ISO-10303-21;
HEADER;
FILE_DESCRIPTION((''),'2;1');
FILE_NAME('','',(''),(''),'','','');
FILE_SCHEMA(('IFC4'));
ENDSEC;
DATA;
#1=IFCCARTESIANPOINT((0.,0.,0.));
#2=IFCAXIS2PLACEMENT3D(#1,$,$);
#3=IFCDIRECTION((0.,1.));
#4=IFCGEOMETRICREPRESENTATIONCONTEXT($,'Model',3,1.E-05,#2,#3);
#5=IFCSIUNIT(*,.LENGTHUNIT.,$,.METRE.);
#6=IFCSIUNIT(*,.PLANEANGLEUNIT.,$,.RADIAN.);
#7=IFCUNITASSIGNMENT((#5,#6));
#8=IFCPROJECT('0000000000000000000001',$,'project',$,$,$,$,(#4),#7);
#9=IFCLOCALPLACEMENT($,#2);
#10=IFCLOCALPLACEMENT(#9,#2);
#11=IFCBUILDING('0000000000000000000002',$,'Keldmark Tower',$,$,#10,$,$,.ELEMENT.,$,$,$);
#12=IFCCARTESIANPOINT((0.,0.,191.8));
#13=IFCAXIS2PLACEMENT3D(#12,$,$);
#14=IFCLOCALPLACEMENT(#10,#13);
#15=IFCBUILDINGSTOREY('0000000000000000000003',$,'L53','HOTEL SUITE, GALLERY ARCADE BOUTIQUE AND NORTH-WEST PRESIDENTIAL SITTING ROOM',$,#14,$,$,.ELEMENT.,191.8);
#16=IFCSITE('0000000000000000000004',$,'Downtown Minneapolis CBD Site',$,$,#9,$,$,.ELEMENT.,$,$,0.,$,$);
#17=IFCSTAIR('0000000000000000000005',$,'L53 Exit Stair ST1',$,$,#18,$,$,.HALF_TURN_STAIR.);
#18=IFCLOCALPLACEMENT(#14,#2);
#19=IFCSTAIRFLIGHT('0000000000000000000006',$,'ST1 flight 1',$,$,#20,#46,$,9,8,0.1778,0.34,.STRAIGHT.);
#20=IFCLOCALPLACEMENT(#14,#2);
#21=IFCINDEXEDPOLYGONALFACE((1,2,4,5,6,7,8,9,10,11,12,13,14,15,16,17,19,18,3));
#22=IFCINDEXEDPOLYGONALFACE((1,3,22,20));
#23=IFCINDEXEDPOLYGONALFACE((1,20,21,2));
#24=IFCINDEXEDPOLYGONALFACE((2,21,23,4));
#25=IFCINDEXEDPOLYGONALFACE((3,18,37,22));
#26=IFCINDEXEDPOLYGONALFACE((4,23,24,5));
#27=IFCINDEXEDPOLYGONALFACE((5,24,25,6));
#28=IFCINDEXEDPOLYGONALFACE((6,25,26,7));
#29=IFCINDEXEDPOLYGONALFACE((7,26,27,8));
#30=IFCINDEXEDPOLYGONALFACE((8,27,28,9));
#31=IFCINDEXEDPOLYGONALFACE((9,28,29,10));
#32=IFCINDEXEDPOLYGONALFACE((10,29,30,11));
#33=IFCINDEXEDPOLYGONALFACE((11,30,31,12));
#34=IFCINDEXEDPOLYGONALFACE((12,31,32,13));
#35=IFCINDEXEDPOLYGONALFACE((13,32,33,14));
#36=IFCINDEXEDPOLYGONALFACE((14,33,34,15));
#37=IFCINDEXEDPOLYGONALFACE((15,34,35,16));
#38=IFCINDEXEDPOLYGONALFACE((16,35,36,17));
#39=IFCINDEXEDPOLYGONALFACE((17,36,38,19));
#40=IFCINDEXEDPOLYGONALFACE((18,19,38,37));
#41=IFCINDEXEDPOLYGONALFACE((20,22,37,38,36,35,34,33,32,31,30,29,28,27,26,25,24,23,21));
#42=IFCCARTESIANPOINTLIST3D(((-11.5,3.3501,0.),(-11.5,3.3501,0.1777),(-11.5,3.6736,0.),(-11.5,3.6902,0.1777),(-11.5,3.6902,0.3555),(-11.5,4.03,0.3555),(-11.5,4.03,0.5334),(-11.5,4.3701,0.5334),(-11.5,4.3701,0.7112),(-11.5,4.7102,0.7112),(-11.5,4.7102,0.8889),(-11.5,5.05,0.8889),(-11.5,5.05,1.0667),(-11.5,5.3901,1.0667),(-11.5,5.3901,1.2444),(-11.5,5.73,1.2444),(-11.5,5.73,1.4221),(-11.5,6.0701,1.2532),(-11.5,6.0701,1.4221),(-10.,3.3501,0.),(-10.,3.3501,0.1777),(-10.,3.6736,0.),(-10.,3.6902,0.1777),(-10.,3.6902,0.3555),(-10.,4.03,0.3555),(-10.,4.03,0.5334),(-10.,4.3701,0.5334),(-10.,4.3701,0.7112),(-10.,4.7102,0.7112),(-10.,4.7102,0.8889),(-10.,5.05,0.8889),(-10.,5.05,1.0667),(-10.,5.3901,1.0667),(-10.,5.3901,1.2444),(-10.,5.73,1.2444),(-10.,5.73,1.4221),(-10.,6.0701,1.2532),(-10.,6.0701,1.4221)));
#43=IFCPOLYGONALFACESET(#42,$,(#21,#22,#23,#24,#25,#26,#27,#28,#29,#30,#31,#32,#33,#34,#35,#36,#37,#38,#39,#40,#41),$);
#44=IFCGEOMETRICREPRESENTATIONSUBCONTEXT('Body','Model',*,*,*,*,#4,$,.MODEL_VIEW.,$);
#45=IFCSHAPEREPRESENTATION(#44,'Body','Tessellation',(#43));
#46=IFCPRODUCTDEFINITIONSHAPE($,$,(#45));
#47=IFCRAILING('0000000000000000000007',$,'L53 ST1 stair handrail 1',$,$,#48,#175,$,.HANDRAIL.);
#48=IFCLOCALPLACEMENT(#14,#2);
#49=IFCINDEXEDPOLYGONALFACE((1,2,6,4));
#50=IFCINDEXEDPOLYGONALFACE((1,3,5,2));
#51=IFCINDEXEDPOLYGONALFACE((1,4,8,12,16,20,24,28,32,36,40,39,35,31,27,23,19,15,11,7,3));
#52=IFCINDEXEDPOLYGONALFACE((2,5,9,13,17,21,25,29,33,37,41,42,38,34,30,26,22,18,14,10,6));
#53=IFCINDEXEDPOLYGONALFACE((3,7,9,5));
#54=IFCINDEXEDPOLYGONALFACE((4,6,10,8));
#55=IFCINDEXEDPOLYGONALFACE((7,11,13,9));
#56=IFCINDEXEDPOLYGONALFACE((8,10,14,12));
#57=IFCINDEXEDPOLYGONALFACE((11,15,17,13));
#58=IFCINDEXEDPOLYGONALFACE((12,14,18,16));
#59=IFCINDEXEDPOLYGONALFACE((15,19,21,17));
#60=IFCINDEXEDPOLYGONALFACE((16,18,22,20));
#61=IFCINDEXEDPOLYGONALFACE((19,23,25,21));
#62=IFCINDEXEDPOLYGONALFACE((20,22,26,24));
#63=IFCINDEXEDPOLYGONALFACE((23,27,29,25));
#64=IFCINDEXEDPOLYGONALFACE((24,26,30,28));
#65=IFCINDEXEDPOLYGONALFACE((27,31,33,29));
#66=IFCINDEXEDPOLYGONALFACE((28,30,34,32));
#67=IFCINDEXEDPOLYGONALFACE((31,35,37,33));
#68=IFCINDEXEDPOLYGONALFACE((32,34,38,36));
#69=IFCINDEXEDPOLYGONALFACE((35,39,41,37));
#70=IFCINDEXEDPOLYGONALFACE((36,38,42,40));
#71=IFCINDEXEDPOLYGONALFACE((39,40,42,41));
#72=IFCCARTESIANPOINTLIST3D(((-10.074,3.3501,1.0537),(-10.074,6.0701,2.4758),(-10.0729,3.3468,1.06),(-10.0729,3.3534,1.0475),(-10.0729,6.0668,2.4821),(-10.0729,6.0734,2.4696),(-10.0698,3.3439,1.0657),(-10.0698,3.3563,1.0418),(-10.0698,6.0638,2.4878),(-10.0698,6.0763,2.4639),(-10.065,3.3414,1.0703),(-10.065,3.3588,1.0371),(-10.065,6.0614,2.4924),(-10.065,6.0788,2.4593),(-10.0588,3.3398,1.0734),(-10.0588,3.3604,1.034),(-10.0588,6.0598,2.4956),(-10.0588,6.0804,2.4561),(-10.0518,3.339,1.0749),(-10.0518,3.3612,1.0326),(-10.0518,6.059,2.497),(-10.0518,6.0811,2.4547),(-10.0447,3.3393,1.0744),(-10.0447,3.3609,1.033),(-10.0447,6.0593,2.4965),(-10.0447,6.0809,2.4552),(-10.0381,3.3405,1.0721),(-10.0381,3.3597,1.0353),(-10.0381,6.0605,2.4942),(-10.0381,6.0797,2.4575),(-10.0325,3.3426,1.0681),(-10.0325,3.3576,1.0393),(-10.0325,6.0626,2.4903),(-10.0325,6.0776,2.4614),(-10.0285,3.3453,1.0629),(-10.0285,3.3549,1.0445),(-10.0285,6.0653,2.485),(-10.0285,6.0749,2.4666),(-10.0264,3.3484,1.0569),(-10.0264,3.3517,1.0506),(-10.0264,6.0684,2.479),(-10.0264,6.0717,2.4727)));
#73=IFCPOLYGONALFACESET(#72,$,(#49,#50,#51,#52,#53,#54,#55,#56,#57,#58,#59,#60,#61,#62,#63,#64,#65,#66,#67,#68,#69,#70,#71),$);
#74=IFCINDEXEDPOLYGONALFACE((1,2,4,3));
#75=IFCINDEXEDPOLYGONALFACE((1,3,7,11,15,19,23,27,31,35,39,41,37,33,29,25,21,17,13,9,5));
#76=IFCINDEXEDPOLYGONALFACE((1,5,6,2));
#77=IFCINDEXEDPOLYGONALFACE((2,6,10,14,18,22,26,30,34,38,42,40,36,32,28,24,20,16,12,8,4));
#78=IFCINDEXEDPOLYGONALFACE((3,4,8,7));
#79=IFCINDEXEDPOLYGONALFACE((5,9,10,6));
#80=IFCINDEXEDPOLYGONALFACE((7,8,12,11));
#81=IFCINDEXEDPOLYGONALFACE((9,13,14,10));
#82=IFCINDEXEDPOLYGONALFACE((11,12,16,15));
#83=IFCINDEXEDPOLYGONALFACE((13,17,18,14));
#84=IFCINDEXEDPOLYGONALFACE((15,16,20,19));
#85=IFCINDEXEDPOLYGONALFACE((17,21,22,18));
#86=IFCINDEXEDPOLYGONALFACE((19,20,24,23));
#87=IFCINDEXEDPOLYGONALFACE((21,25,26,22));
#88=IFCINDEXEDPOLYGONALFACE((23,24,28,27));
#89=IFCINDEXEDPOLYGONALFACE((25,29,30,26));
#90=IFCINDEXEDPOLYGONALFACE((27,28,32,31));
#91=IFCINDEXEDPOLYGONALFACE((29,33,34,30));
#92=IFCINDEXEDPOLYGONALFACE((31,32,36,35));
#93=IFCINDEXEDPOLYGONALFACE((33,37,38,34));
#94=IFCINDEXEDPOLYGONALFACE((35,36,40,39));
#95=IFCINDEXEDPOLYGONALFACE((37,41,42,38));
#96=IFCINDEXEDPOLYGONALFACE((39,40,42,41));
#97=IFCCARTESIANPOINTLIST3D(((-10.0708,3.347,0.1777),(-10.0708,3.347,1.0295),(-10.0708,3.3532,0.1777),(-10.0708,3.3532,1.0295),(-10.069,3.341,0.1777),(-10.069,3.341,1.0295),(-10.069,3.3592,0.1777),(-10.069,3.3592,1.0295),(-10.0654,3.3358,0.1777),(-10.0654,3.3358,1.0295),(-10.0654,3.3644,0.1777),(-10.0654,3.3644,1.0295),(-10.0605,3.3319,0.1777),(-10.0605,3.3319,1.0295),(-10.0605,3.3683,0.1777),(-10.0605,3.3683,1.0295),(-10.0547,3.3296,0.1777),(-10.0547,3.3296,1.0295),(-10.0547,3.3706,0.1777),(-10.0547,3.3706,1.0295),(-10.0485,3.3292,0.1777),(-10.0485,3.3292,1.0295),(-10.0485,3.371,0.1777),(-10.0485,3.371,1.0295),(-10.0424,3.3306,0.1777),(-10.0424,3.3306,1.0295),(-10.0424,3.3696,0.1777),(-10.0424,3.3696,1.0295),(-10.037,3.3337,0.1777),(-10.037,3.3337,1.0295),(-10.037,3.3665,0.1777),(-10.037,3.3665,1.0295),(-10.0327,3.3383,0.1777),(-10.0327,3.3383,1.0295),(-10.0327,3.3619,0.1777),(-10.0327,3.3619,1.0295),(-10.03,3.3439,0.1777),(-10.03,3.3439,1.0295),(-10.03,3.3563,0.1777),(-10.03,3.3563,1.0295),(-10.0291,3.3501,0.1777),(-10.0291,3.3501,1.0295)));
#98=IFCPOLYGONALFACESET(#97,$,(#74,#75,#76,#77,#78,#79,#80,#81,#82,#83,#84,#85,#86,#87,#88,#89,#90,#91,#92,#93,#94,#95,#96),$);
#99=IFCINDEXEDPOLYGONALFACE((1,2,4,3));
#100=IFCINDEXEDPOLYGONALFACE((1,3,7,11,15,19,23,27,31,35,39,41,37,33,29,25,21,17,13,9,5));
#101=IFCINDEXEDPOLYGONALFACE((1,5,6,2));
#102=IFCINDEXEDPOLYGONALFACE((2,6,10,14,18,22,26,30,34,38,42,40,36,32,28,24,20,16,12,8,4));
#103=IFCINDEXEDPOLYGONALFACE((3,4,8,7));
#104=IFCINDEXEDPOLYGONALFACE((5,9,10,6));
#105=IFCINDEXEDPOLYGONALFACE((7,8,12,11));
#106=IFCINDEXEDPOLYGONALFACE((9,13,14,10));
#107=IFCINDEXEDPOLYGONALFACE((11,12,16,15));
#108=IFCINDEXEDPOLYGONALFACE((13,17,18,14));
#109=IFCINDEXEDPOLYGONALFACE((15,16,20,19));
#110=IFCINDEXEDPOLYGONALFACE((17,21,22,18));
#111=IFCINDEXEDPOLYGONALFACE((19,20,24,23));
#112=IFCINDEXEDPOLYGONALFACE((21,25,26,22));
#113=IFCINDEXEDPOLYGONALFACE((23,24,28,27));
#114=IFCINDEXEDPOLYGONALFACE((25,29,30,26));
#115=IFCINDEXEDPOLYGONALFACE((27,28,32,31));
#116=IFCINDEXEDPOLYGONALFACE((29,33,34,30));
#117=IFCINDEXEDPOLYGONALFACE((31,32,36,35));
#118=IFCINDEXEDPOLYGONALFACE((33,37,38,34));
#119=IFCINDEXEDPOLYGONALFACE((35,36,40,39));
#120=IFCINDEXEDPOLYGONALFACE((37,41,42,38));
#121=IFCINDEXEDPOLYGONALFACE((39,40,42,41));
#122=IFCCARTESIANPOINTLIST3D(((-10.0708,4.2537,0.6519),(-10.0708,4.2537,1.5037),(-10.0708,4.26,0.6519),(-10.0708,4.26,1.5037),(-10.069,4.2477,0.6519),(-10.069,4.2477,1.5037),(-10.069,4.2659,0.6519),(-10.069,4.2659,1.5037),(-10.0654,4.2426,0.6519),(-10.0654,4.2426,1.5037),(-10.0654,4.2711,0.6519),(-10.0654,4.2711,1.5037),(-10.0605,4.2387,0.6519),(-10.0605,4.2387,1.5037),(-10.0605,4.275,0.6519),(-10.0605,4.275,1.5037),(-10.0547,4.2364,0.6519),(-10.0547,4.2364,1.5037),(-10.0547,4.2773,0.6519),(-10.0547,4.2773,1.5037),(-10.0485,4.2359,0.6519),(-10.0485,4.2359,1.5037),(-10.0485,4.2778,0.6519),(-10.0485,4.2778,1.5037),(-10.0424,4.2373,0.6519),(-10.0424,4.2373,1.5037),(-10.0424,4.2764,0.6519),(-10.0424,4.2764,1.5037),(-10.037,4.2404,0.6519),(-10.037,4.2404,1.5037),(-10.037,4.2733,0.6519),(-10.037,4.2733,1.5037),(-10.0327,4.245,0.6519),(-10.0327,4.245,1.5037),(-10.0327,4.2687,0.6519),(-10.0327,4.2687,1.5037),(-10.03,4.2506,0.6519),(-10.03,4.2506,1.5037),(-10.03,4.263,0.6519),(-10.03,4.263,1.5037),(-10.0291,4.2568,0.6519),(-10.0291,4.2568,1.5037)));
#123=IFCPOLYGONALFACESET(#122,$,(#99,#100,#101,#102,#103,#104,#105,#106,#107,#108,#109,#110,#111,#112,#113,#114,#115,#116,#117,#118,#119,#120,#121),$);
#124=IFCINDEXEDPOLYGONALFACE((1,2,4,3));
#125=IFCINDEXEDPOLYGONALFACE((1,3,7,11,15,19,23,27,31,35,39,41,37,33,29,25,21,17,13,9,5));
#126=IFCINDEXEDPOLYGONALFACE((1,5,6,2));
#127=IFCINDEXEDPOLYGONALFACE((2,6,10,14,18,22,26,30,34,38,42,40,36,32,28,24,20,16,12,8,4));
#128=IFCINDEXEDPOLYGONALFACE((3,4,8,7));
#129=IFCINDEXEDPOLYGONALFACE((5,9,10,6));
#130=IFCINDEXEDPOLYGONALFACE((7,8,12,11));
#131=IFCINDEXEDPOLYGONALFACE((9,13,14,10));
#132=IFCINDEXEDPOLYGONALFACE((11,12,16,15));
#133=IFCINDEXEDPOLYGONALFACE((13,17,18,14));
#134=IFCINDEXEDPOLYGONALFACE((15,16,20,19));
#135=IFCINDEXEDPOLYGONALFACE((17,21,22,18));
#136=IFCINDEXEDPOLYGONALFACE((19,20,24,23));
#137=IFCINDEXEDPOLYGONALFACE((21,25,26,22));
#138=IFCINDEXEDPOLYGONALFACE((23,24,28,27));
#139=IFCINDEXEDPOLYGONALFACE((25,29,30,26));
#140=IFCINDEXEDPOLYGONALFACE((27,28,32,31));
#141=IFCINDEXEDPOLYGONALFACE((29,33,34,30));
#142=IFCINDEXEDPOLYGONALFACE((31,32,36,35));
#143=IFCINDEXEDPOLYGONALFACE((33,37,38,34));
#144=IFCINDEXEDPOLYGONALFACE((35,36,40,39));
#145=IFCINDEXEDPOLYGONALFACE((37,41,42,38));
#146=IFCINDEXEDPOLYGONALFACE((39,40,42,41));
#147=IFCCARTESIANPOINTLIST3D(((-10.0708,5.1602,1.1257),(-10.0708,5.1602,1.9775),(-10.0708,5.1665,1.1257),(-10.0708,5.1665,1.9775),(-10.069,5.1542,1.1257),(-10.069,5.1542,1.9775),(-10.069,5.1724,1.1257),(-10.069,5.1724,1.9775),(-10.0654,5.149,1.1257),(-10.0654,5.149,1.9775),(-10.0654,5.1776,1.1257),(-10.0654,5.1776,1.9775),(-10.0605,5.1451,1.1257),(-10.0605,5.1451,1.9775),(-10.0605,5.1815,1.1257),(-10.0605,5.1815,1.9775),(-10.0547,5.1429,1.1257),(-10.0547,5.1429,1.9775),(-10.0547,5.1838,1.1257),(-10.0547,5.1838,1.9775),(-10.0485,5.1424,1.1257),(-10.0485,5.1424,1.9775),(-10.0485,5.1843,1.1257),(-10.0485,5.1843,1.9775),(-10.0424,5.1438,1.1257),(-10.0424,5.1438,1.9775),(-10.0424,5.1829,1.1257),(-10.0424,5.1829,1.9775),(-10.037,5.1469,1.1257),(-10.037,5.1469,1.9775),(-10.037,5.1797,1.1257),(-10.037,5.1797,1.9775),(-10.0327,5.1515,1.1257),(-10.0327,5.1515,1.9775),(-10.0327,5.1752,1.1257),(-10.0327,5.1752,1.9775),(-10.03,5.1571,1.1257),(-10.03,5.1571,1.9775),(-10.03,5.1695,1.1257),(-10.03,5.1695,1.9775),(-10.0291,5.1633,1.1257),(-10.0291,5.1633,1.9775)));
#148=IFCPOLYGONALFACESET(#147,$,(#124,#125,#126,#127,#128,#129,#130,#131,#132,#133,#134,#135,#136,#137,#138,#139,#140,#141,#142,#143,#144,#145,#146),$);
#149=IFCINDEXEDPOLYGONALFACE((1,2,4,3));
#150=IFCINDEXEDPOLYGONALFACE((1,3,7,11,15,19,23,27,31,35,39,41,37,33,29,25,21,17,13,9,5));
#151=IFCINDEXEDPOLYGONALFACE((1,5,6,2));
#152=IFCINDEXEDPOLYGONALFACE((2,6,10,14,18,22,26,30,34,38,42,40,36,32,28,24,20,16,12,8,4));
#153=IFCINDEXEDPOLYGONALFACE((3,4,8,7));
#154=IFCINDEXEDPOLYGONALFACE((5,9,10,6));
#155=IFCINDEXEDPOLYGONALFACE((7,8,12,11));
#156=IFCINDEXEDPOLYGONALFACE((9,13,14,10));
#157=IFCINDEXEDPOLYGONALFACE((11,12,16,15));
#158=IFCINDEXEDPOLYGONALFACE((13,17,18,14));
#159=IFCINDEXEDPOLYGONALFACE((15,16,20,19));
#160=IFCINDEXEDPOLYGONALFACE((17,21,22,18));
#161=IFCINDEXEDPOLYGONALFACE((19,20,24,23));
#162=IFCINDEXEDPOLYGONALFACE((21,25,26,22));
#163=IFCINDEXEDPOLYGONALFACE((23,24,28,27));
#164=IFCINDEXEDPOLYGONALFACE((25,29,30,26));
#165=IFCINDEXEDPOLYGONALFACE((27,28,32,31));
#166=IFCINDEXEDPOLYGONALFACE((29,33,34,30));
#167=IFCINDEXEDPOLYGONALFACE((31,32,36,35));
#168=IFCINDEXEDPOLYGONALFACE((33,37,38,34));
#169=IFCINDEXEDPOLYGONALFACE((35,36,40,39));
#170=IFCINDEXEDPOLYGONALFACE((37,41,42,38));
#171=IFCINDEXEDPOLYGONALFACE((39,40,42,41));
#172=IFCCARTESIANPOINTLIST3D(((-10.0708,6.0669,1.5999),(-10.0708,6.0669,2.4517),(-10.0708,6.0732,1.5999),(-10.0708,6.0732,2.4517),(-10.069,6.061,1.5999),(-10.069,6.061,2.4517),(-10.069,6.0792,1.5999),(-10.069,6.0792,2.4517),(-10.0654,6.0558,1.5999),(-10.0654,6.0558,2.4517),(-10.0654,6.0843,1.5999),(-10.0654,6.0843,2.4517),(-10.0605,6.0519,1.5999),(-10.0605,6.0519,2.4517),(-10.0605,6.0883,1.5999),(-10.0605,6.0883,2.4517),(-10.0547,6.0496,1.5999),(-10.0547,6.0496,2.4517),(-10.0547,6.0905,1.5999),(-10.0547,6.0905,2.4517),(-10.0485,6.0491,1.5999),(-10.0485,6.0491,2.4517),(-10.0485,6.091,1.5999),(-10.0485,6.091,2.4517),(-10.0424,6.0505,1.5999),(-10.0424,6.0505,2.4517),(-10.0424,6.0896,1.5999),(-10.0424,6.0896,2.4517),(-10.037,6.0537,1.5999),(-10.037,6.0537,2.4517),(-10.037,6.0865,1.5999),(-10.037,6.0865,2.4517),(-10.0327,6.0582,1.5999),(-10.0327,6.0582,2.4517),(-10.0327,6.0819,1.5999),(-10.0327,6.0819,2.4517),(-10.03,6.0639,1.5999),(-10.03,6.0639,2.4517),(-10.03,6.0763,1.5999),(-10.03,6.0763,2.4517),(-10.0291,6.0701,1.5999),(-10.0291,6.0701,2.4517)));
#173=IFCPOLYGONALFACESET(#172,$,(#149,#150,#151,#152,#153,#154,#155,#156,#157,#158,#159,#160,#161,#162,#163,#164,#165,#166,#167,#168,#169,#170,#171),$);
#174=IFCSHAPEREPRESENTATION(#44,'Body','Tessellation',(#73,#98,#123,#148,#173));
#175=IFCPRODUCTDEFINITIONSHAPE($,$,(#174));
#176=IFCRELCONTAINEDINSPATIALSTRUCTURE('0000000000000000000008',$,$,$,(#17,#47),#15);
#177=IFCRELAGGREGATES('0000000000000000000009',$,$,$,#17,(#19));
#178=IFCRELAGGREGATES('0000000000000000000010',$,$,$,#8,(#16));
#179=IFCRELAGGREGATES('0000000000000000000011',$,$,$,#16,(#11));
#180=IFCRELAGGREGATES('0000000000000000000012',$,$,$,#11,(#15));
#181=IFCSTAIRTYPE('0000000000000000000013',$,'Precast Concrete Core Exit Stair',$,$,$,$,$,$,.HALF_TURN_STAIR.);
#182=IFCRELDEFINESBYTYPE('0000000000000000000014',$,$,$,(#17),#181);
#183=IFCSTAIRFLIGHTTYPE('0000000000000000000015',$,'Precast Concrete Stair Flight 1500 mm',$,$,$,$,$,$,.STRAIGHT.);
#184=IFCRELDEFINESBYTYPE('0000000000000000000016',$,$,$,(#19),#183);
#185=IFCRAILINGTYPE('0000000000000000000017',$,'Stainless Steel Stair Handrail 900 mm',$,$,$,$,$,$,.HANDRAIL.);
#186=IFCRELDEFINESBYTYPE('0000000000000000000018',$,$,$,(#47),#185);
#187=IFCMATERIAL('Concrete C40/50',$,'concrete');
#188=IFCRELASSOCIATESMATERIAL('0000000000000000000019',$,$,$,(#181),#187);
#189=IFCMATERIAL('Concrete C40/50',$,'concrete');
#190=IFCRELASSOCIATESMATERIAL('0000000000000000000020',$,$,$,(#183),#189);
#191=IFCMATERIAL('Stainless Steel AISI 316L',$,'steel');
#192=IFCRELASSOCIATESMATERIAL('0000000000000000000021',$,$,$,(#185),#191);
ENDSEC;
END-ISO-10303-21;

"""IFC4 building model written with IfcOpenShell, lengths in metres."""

from ifc_helpers import new_model, si_unit, direction, frame, origin, origin_2d, place, context, subcontext, project, spatial, polyline, circle, outline, extrude, material, type_object, element, aggregate, save


model = new_model("IFC4")

# Units and contexts
model_context = context("Model", 3, precision=1e-05, world=origin(), true_north=direction((0.0, 1.0)))
body_context = subcontext(model_context, "Body", "Model", "MODEL_VIEW")
ifc_project = project(units=[si_unit("LENGTHUNIT", "METRE"), si_unit("PLANEANGLEUNIT", "RADIAN")], contexts=[model_context])

# Site, building, storey
site_placement = place(None, origin())
site = spatial("IfcSite", under=ifc_project, at=site_placement, Name="Downtown Minneapolis CBD Site", CompositionType="ELEMENT", RefElevation=0.0)
building_placement = place(site_placement, origin())
building = spatial("IfcBuilding", under=site, at=building_placement, Name="Keldmark Tower", CompositionType="ELEMENT")
storey_placement = place(building_placement, frame((0.0, 0.0, 191.8)))
storey = spatial("IfcBuildingStorey", under=building, at=storey_placement, Name="L53", Description="HOTEL SUITE, GALLERY ARCADE BOUTIQUE AND NORTH-WEST PRESIDENTIAL SITTING ROOM", CompositionType="ELEMENT", Elevation=191.8)

# Stair, stair flight
ifc_material_1 = material(Name="Concrete C40/50", Category="concrete")
stair_type = type_object("IfcStairType", Name="Precast Concrete Core Exit Stair", PredefinedType="HALF_TURN_STAIR", material=ifc_material_1)
stair_placement = place(storey_placement, origin())
stair = element("IfcStair", 1, at=stair_placement, inside=storey, type_object=stair_type, Name="L53 Exit Stair ST1", PredefinedType="HALF_TURN_STAIR")
ifc_material_2 = material(Name="Concrete C40/50", Category="concrete")
stair_flight_type = type_object("IfcStairFlightType", Name="Precast Concrete Stair Flight 1500 mm", PredefinedType="STRAIGHT", material=ifc_material_2)
stair_flight_placement = place(storey_placement, frame((-10.75, 3.3501, 0.0), z_axis=(0.0, 0.0, 1.0), x_axis=(0.0, 1.0, 0.0)))
stair_flight = element("IfcStairFlight", 2, at=stair_flight_placement, type_object=stair_flight_type, Name="ST1 flight 1", NumberOfRisers=9, NumberOfTreads=8, PredefinedType="STRAIGHT", RiserHeight=0.1778, TreadLength=0.34, context=body_context, shape_type="SweptSolid", body=[
    extrude(outline(polyline([(0.0, 0.0), (0.0, 0.1777), (0.3401, 0.1777), (0.3401, 0.3555), (0.6799, 0.3555), (0.6799, 0.5334), (1.02, 0.5334), (1.02, 0.7112), (1.3601, 0.7112), (1.3601, 0.8889), (1.7, 0.8889), (1.7, 1.0667), (2.04, 1.0667), (2.04, 1.2444), (2.3799, 1.2444), (2.3799, 1.4221), (2.72, 1.4221), (2.72, 1.6001), (2.72, 1.2532), (0.3235, 0.0), (0.0, 0.0)])), frame((0.0, 0.75, 0.0), z_axis=(0.0, -1.0, 0.0), x_axis=(1.0, 0.0, 0.0)), (0.0, 0.0, 1.0), 1.5),
])
aggregate(stair, [stair_flight])

# Railing
ifc_material_3 = material(Name="Stainless Steel AISI 316L", Category="steel")
railing_type = type_object("IfcRailingType", Name="Stainless Steel Stair Handrail 900 mm", PredefinedType="HANDRAIL", material=ifc_material_3)
railing_placement = place(storey_placement, frame((-10.05, 3.3501, 0.1777)))
element("IfcRailing", 3, at=railing_placement, inside=storey, type_object=railing_type, Name="L53 ST1 stair handrail 1", PredefinedType="HANDRAIL", context=body_context, shape_type="SweptSolid", body=[
    extrude(circle(Radius=0.0239, at=origin_2d()), frame((0.0, 0.0, 0.876), z_axis=(0.0, 0.886183, 0.463335), x_axis=(-1.0, 0.0, 0.0)), (0.0, 0.0, 1.0), 3.0693),
    extrude(circle(Radius=0.021, at=origin_2d()), origin(), (0.0, 0.0, 1.0), 0.8518),
    extrude(circle(Radius=0.021, at=origin_2d()), frame((0.0, 0.9067, 0.4741)), (0.0, 0.0, 1.0), 0.8518),
    extrude(circle(Radius=0.021, at=origin_2d()), frame((0.0, 1.8132, 0.948)), (0.0, 0.0, 1.0), 0.8518),
    extrude(circle(Radius=0.021, at=origin_2d()), frame((0.0, 2.72, 1.4221)), (0.0, 0.0, 1.0), 0.8518),
])

save(model, "model.ifc")
